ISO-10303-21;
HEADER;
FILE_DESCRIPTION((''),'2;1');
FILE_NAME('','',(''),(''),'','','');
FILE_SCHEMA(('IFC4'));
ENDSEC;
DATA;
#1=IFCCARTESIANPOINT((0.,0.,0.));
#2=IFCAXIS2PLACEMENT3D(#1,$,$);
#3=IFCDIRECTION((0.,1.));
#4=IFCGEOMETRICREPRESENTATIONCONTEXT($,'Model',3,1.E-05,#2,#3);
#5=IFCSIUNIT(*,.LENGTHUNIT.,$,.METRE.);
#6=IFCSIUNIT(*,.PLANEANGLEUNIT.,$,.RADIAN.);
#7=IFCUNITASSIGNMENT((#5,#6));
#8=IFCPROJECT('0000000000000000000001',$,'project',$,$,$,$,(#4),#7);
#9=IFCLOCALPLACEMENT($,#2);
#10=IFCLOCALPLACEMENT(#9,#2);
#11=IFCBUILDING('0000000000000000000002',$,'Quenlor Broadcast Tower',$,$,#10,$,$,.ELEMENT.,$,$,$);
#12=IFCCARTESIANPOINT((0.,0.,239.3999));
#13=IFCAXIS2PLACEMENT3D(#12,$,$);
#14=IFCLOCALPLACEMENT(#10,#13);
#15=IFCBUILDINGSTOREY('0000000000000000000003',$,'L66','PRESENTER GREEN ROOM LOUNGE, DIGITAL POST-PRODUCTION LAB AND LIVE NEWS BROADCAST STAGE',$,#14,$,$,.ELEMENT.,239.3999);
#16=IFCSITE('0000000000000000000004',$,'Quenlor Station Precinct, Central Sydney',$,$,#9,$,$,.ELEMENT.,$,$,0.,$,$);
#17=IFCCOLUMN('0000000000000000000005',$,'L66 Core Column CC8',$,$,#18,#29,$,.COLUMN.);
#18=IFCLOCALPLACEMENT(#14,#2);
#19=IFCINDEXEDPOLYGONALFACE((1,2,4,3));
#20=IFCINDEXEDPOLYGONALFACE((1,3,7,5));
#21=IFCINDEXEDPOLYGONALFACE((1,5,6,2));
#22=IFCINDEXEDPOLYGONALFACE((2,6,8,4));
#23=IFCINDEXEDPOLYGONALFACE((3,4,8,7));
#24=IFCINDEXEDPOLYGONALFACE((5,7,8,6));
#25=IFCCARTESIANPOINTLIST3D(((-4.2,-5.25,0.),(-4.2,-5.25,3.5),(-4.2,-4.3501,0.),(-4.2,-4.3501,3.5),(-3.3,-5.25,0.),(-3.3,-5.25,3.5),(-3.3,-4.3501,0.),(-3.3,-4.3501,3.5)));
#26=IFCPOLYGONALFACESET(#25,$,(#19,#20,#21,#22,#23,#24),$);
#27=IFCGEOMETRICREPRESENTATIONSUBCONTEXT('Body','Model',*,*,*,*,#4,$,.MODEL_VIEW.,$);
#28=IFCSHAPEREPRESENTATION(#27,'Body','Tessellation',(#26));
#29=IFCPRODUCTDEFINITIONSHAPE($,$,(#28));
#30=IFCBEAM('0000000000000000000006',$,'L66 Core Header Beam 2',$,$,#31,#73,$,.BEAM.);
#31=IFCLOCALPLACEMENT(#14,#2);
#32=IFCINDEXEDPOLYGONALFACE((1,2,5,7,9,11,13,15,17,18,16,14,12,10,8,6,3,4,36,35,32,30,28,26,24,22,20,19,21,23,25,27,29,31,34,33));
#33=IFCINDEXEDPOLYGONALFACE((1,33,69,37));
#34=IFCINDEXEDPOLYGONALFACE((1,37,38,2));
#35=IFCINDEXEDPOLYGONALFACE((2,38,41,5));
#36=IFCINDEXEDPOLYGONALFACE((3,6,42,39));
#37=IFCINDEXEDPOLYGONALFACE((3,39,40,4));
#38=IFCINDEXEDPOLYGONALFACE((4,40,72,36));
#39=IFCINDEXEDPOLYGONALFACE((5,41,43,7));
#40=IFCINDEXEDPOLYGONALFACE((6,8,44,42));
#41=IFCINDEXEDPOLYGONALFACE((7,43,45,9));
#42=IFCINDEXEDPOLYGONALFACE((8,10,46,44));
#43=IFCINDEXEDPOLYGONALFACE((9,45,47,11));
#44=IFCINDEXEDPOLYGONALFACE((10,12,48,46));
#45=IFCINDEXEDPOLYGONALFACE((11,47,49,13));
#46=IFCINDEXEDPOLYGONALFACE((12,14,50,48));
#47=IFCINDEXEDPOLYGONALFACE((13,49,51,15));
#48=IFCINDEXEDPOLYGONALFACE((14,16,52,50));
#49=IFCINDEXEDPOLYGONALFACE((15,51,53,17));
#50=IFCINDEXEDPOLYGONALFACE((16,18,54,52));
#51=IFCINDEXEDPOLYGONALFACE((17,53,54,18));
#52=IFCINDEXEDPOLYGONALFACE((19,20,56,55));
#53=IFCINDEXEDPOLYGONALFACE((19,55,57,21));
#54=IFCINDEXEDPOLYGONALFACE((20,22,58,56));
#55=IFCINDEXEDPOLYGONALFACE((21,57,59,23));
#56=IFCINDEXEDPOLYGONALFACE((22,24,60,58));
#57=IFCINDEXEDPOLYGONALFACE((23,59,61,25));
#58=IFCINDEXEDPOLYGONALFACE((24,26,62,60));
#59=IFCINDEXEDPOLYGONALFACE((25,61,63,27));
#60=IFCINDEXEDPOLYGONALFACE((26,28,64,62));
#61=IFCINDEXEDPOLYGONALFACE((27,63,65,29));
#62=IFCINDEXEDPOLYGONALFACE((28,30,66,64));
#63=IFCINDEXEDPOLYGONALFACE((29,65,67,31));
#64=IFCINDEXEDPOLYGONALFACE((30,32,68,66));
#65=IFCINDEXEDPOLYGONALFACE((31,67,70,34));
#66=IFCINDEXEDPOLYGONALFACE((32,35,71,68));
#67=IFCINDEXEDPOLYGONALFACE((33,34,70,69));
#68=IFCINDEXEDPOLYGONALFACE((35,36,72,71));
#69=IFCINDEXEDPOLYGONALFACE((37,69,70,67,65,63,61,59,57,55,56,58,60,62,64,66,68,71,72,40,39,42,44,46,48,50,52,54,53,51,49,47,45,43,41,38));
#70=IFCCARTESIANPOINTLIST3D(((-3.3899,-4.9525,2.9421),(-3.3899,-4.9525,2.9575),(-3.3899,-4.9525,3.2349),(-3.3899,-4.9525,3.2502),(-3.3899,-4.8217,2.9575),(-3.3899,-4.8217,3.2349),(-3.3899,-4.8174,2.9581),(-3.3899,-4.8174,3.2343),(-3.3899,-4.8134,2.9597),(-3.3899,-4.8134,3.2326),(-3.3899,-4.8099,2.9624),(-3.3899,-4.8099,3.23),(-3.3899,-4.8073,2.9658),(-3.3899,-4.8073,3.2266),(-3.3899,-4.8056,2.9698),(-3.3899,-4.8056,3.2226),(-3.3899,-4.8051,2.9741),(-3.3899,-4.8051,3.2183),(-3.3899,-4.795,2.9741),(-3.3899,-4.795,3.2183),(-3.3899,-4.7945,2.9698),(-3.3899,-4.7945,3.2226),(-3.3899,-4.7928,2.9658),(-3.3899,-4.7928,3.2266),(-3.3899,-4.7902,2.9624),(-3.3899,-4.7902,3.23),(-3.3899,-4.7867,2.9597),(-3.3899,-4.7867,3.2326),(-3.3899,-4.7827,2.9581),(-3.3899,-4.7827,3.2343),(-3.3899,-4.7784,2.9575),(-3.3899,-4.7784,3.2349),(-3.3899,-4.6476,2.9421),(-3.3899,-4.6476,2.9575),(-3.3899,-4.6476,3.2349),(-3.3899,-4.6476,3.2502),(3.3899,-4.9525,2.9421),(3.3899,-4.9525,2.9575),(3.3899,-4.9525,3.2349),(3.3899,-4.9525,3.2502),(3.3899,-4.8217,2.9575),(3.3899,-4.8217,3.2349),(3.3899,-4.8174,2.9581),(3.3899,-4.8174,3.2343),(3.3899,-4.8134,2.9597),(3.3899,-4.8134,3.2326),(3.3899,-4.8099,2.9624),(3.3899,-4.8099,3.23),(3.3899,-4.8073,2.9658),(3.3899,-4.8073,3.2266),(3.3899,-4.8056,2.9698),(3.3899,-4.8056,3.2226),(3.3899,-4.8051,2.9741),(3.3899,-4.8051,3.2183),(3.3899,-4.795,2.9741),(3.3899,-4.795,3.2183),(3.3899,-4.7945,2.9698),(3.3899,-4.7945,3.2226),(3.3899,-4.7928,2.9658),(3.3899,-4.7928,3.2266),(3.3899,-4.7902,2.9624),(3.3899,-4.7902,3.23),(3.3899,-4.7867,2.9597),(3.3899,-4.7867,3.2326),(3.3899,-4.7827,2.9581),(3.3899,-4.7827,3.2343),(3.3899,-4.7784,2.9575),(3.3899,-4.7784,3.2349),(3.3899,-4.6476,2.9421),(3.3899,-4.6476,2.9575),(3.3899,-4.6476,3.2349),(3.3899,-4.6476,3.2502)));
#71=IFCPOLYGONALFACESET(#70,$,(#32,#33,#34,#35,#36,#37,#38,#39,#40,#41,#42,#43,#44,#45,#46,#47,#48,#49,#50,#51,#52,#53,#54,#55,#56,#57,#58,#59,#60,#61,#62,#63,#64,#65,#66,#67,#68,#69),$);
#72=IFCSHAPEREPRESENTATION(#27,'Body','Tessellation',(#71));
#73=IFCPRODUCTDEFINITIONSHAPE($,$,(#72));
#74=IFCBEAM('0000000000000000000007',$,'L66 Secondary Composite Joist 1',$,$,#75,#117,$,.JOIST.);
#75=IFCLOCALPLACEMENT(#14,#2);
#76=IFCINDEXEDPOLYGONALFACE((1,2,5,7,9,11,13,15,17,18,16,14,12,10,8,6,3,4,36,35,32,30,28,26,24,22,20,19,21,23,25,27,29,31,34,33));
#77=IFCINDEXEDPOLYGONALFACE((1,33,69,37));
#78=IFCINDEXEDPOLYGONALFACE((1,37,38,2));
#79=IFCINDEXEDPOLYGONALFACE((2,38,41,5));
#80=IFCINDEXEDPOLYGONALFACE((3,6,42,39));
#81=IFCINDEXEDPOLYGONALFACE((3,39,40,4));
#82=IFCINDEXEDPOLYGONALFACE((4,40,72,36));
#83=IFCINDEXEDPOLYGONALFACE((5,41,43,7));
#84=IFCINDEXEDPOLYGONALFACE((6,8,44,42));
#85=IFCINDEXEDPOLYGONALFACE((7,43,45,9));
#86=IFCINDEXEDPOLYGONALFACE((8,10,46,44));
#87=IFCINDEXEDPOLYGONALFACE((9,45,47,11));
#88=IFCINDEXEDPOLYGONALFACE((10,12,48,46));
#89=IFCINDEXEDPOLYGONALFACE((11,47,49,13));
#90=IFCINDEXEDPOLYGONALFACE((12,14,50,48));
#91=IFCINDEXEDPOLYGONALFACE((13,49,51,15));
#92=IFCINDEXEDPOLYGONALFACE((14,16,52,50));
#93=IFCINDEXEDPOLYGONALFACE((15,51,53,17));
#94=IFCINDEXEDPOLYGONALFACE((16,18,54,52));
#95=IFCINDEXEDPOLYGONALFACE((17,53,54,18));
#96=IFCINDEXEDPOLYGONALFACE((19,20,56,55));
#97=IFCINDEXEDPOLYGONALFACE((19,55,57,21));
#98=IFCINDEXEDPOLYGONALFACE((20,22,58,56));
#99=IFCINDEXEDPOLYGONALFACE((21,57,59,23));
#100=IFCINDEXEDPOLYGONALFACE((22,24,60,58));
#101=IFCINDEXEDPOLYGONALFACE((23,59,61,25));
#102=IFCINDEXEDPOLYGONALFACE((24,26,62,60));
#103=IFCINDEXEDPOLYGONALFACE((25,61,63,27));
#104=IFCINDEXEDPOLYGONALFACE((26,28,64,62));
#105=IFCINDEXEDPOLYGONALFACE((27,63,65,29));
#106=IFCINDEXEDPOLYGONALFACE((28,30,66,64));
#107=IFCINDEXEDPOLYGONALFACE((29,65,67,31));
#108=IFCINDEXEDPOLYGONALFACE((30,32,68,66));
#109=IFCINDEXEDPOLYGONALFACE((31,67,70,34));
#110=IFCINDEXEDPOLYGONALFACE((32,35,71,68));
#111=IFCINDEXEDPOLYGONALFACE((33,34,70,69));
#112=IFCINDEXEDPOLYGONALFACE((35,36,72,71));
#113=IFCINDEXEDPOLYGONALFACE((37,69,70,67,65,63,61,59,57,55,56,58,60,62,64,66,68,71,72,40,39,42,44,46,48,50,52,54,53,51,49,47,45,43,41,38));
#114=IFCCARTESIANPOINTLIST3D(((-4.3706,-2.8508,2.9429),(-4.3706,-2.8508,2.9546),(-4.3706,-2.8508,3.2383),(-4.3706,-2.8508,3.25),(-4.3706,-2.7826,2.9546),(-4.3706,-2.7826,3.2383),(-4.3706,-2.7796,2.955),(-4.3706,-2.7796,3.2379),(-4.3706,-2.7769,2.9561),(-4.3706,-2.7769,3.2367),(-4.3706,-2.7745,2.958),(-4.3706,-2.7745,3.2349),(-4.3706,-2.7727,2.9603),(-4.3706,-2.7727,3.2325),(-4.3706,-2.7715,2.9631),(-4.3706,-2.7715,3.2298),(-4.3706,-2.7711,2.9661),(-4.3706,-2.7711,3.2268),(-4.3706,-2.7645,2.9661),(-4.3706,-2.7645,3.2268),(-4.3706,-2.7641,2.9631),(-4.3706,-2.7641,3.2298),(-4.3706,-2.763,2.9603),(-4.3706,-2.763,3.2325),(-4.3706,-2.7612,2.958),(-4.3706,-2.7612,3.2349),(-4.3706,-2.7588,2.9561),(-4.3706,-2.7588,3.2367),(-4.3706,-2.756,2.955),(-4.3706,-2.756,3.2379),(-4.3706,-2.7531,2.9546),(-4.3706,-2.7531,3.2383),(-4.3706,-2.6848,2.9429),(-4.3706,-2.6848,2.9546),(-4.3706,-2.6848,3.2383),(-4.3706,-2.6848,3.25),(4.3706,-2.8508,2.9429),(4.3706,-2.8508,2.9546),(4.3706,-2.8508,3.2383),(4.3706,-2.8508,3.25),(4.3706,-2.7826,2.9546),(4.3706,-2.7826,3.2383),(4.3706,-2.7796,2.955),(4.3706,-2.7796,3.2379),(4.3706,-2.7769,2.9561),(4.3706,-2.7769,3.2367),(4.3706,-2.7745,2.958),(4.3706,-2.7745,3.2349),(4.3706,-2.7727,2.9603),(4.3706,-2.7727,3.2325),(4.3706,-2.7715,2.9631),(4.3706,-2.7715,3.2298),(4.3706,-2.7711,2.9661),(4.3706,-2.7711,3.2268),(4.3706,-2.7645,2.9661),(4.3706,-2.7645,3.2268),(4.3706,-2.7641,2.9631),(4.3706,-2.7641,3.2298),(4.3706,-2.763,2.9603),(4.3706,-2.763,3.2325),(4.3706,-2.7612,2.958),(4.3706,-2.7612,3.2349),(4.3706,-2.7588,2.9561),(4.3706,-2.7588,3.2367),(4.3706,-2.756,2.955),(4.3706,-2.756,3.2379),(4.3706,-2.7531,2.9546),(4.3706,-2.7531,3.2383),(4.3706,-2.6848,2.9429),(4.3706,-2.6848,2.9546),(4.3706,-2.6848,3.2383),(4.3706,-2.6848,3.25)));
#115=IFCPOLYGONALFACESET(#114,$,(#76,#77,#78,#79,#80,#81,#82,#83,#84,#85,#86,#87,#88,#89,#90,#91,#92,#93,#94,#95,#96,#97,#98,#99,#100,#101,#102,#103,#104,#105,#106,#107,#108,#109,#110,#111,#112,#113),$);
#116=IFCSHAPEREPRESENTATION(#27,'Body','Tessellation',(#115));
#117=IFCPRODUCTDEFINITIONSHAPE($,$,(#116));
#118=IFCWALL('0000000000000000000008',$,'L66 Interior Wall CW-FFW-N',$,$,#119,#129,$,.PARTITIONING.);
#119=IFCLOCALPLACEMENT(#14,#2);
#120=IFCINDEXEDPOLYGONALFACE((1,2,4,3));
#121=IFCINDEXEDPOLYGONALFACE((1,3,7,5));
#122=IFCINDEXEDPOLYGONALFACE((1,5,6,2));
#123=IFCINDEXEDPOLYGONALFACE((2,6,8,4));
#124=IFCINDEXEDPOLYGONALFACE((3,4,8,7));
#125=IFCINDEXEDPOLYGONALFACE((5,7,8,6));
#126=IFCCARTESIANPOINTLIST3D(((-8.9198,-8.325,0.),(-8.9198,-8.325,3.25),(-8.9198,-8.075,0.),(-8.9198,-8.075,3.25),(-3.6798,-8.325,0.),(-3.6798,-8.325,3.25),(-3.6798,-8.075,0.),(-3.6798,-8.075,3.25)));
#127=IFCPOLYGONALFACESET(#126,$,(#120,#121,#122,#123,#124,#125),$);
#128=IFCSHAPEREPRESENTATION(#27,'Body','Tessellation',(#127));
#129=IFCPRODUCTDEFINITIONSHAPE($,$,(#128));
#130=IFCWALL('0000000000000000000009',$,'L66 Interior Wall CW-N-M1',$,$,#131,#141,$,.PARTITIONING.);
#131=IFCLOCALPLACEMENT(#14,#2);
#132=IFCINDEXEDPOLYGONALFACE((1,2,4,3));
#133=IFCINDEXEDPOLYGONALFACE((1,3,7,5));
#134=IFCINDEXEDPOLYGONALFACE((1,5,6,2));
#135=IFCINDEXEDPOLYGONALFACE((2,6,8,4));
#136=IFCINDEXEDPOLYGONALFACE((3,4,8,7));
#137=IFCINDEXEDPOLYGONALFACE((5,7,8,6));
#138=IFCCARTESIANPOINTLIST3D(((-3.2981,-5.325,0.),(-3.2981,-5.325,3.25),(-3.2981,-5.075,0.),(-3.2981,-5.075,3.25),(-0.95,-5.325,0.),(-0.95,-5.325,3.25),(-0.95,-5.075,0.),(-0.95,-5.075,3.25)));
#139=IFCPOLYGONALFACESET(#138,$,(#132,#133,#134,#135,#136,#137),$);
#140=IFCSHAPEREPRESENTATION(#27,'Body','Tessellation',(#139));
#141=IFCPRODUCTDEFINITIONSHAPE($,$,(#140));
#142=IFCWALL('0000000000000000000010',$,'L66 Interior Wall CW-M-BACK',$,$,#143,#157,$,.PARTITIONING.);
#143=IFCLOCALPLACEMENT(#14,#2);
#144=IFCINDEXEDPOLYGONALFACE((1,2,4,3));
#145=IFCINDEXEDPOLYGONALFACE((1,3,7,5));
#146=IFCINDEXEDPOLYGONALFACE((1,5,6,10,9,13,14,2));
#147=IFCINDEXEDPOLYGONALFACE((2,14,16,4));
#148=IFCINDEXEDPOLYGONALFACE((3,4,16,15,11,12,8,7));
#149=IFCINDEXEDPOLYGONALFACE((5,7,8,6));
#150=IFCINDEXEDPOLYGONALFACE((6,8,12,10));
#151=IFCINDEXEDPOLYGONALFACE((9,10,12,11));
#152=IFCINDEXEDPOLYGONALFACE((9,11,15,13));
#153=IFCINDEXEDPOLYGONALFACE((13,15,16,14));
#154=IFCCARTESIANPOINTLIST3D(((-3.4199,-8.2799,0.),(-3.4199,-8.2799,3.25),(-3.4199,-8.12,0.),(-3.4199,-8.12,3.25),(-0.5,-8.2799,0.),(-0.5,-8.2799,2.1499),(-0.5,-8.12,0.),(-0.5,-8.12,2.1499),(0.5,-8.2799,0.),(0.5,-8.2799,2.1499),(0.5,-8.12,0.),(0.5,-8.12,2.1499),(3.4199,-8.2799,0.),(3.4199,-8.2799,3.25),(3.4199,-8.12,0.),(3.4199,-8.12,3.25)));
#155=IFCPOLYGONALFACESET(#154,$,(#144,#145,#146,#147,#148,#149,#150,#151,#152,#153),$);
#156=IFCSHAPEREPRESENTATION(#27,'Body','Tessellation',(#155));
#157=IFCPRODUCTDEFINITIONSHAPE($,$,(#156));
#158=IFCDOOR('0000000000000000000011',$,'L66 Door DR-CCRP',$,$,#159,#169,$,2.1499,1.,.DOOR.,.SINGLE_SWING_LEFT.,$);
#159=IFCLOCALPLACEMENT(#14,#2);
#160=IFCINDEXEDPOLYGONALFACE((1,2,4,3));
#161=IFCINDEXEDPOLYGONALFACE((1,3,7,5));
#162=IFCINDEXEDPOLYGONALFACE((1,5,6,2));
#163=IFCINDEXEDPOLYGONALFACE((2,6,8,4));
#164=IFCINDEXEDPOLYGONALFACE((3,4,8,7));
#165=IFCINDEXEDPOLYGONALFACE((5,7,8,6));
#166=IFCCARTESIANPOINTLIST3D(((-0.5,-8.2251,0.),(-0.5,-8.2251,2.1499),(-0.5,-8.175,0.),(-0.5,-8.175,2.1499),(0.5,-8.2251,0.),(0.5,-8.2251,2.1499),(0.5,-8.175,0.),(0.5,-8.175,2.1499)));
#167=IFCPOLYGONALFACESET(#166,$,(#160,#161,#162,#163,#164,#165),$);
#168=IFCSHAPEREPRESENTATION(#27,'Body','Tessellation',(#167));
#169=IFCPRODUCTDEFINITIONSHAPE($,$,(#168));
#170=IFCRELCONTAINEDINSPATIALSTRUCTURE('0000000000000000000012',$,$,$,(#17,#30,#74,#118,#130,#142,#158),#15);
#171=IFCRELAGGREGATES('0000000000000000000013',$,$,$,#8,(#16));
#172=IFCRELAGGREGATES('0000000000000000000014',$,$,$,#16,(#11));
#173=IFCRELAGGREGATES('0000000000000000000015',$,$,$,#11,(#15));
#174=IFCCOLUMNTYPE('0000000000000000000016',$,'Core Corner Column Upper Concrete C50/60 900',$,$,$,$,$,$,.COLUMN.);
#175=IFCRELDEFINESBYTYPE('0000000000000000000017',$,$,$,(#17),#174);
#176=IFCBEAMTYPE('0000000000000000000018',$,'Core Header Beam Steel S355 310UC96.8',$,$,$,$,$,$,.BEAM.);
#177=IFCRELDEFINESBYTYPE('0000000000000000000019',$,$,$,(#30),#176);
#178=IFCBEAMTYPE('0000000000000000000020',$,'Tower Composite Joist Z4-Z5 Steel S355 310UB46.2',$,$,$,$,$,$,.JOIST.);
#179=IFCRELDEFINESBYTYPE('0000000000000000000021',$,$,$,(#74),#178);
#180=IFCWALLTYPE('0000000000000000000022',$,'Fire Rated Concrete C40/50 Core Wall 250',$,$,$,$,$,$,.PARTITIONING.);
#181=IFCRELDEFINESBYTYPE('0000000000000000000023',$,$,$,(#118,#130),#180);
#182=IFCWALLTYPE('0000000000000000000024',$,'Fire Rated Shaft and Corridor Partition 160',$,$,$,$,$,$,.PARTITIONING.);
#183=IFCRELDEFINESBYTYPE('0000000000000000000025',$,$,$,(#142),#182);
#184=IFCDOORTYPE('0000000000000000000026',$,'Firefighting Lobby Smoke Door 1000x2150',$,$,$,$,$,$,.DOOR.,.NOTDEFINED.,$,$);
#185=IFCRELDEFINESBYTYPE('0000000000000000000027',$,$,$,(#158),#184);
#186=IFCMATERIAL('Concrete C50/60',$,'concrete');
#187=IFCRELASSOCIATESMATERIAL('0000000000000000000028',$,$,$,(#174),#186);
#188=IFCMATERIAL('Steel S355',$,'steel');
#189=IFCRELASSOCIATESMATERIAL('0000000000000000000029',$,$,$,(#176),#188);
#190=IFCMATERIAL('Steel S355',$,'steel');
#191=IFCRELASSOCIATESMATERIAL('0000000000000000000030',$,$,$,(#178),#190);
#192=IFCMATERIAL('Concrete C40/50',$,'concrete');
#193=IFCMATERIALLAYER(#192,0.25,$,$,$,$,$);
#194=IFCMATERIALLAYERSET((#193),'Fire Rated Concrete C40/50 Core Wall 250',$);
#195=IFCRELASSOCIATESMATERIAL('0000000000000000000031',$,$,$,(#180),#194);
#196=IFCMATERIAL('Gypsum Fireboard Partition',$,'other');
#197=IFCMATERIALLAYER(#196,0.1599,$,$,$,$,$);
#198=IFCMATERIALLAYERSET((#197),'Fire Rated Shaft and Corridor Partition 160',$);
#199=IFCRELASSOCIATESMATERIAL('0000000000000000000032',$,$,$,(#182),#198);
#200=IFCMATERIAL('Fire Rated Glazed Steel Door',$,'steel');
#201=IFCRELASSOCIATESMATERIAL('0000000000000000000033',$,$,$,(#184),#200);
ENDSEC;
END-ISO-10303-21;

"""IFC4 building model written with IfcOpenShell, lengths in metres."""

from ifc_helpers import new_model, si_unit, direction, frame, frame_2d, origin, origin_2d, place, context, subcontext, project, spatial, rectangle, i_section, extrude, material, layer, layer_set, material_profile, profile_set, type_object, element, fill, save


model = new_model("IFC4")

# Units and contexts
model_context = context("Model", 3, precision=1e-05, world=origin(), true_north=direction((0.0, 1.0)))
body_context = subcontext(model_context, "Body", "Model", "MODEL_VIEW")
ifc_project = project(units=[si_unit("LENGTHUNIT", "METRE"), si_unit("PLANEANGLEUNIT", "RADIAN")], contexts=[model_context])

# Site, building, storey
site_placement = place(None, origin())
site = spatial("IfcSite", under=ifc_project, at=site_placement, Name="Quenlor Station Precinct, Central Sydney", CompositionType="ELEMENT", RefElevation=0.0)
building_placement = place(site_placement, origin())
building = spatial("IfcBuilding", under=site, at=building_placement, Name="Quenlor Broadcast Tower", CompositionType="ELEMENT")
storey_placement = place(building_placement, frame((0.0, 0.0, 239.3999)))
storey = spatial("IfcBuildingStorey", under=building, at=storey_placement, Name="L66", Description="PRESENTER GREEN ROOM LOUNGE, DIGITAL POST-PRODUCTION LAB AND LIVE NEWS BROADCAST STAGE", CompositionType="ELEMENT", Elevation=239.3999)

# Column
ifc_material_1 = material(Name="Concrete C50/60", Category="concrete")
ifc_material_profile_1 = material_profile(ifc_material_1, rectangle(XDim=0.8999, YDim=0.8999, at=origin_2d()))
ifc_profile_set_1 = profile_set([ifc_material_profile_1], Name="Concrete C50/60 RC900x900")
column_type = type_object("IfcColumnType", Name="Core Corner Column Upper Concrete C50/60 900", PredefinedType="COLUMN", material=ifc_profile_set_1)
column_placement = place(storey_placement, frame((-3.75, -4.8, 0.0), z_axis=(0.0, 0.0, 1.0), x_axis=(1.0, 0.0, 0.0)))
element("IfcColumn", 1, at=column_placement, inside=storey, type_object=column_type, Name="L66 Core Column CC8", PredefinedType="COLUMN", context=body_context, shape_type="SweptSolid", body=[
    extrude(rectangle(XDim=0.8999, YDim=0.8999, at=origin_2d()), origin(), (0.0, 0.0, 1.0), 3.5),
])

# Beams
ifc_material_2 = material(Name="Steel S355", Category="steel")
ifc_material_profile_2 = material_profile(ifc_material_2, i_section(OverallWidth=0.3049, OverallDepth=0.3081, WebThickness=0.01, FlangeThickness=0.0154, FilletRadius=0.0166, at=origin_2d()))
ifc_profile_set_2 = profile_set([ifc_material_profile_2], Name="Steel S355 310UC96.8")
beam_type_1 = type_object("IfcBeamType", Name="Core Header Beam Steel S355 310UC96.8", PredefinedType="BEAM", material=ifc_profile_set_2)
beam_1_placement = place(storey_placement, frame((-3.3899, -4.8, 3.0962), z_axis=(1.0, 0.0, 0.0), x_axis=(0.0, 1.0, 0.0)))
element("IfcBeam", 2, at=beam_1_placement, inside=storey, type_object=beam_type_1, Name="L66 Core Header Beam 2", PredefinedType="BEAM", context=body_context, shape_type="SweptSolid", body=[
    extrude(i_section(OverallWidth=0.3049, OverallDepth=0.3081, WebThickness=0.01, FlangeThickness=0.0154, FilletRadius=0.0166, at=origin_2d()), origin(), (0.0, 0.0, 1.0), 6.7798),
])
ifc_material_3 = material(Name="Steel S355", Category="steel")
ifc_material_profile_3 = material_profile(ifc_material_3, i_section(OverallWidth=0.166, OverallDepth=0.3071, WebThickness=0.0066, FlangeThickness=0.0117, FilletRadius=0.0115, at=origin_2d()))
ifc_profile_set_3 = profile_set([ifc_material_profile_3], Name="Steel S355 310UB46.2")
beam_type_2 = type_object("IfcBeamType", Name="Tower Composite Joist Z4-Z5 Steel S355 310UB46.2", PredefinedType="JOIST", material=ifc_profile_set_3)
beam_2_placement = place(storey_placement, frame((-4.3706, -2.7678, 3.0964), z_axis=(1.0, 0.0, 0.0), x_axis=(0.0, 1.0, 0.0)))
element("IfcBeam", 3, at=beam_2_placement, inside=storey, type_object=beam_type_2, Name="L66 Secondary Composite Joist 1", PredefinedType="JOIST", context=body_context, shape_type="SweptSolid", body=[
    extrude(i_section(OverallWidth=0.166, OverallDepth=0.3071, WebThickness=0.0066, FlangeThickness=0.0117, FilletRadius=0.0115, at=origin_2d()), origin(), (0.0, 0.0, 1.0), 8.7412),
])

# Walls
ifc_material_4 = material(Name="Concrete C40/50", Category="concrete")
ifc_layer_1 = layer(ifc_material_4, 0.25)
ifc_layer_set_1 = layer_set([ifc_layer_1], Name="Fire Rated Concrete C40/50 Core Wall 250")
wall_type_1 = type_object("IfcWallType", Name="Fire Rated Concrete C40/50 Core Wall 250", PredefinedType="PARTITIONING", material=ifc_layer_set_1)
wall_1_placement = place(storey_placement, frame((-8.9199, -8.2, 0.0), z_axis=(0.0, 0.0, 1.0), x_axis=(1.0, 0.0, 0.0)))
element("IfcWall", 4, at=wall_1_placement, inside=storey, type_object=wall_type_1, Name="L66 Interior Wall CW-FFW-N", PredefinedType="PARTITIONING", context=body_context, shape_type="SweptSolid", body=[
    extrude(rectangle(XDim=5.24, YDim=0.25, at=frame_2d((2.6201, 0.0))), origin(), (0.0, 0.0, 1.0), 3.25),
])
wall_2_placement = place(storey_placement, frame((-3.2981, -5.2, 0.0), z_axis=(0.0, 0.0, 1.0), x_axis=(1.0, 0.0, 0.0)))
element("IfcWall", 5, at=wall_2_placement, inside=storey, type_object=wall_type_1, Name="L66 Interior Wall CW-N-M1", PredefinedType="PARTITIONING", context=body_context, shape_type="SweptSolid", body=[
    extrude(rectangle(XDim=2.3481, YDim=0.25, at=frame_2d((1.1741, 0.0))), origin(), (0.0, 0.0, 1.0), 3.25),
])

# Wall, opening, door
ifc_material_5 = material(Name="Gypsum Fireboard Partition", Category="other")
ifc_layer_2 = layer(ifc_material_5, 0.1599)
ifc_layer_set_2 = layer_set([ifc_layer_2], Name="Fire Rated Shaft and Corridor Partition 160")
wall_type_2 = type_object("IfcWallType", Name="Fire Rated Shaft and Corridor Partition 160", PredefinedType="PARTITIONING", material=ifc_layer_set_2)
wall_3_placement = place(storey_placement, frame((-3.4199, -8.2, 0.0), z_axis=(0.0, 0.0, 1.0), x_axis=(1.0, 0.0, 0.0)))
wall_3 = element("IfcWall", 6, at=wall_3_placement, inside=storey, type_object=wall_type_2, Name="L66 Interior Wall CW-M-BACK", PredefinedType="PARTITIONING", context=body_context, shape_type="SweptSolid", body=[
    extrude(rectangle(XDim=6.8398, YDim=0.1599, at=frame_2d((3.4199, 0.0))), origin(), (0.0, 0.0, 1.0), 3.25),
])
opening_1_placement = place(wall_3_placement, frame((2.9199, 0.0, 0.0)))
opening_1 = element("IfcOpeningElement", 7, at=opening_1_placement, cuts=wall_3, PredefinedType="OPENING", context=body_context, shape_type="SweptSolid", body=[
    extrude(rectangle(XDim=1.0, YDim=2.1499, at=frame_2d((0.5, 1.075))), frame((0.0, 0.0898, 0.0), z_axis=(0.0, -1.0, 0.0), x_axis=(1.0, 0.0, 0.0)), (0.0, 0.0, 1.0), 0.1799),
])
ifc_material_6 = material(Name="Fire Rated Glazed Steel Door", Category="steel")
door_type_1 = type_object("IfcDoorType", Name="Firefighting Lobby Smoke Door 1000x2150", OperationType="NOTDEFINED", PredefinedType="DOOR", material=ifc_material_6)
door_1_placement = place(opening_1_placement, origin())
door_1 = element("IfcDoor", 8, at=door_1_placement, inside=storey, type_object=door_type_1, Name="L66 Door DR-CCRP", OperationType="SINGLE_SWING_LEFT", OverallHeight=2.1499, OverallWidth=1.0, PredefinedType="DOOR", context=body_context, shape_type="SweptSolid", body=[
    extrude(rectangle(XDim=1.0, YDim=2.1499, at=frame_2d((0.5, 1.075))), frame((0.0, 0.0249, 0.0), z_axis=(0.0, -1.0, 0.0), x_axis=(1.0, 0.0, 0.0)), (0.0, 0.0, 1.0), 0.05),
])
fill(opening_1, door_1)

save(model, "model.ifc")
